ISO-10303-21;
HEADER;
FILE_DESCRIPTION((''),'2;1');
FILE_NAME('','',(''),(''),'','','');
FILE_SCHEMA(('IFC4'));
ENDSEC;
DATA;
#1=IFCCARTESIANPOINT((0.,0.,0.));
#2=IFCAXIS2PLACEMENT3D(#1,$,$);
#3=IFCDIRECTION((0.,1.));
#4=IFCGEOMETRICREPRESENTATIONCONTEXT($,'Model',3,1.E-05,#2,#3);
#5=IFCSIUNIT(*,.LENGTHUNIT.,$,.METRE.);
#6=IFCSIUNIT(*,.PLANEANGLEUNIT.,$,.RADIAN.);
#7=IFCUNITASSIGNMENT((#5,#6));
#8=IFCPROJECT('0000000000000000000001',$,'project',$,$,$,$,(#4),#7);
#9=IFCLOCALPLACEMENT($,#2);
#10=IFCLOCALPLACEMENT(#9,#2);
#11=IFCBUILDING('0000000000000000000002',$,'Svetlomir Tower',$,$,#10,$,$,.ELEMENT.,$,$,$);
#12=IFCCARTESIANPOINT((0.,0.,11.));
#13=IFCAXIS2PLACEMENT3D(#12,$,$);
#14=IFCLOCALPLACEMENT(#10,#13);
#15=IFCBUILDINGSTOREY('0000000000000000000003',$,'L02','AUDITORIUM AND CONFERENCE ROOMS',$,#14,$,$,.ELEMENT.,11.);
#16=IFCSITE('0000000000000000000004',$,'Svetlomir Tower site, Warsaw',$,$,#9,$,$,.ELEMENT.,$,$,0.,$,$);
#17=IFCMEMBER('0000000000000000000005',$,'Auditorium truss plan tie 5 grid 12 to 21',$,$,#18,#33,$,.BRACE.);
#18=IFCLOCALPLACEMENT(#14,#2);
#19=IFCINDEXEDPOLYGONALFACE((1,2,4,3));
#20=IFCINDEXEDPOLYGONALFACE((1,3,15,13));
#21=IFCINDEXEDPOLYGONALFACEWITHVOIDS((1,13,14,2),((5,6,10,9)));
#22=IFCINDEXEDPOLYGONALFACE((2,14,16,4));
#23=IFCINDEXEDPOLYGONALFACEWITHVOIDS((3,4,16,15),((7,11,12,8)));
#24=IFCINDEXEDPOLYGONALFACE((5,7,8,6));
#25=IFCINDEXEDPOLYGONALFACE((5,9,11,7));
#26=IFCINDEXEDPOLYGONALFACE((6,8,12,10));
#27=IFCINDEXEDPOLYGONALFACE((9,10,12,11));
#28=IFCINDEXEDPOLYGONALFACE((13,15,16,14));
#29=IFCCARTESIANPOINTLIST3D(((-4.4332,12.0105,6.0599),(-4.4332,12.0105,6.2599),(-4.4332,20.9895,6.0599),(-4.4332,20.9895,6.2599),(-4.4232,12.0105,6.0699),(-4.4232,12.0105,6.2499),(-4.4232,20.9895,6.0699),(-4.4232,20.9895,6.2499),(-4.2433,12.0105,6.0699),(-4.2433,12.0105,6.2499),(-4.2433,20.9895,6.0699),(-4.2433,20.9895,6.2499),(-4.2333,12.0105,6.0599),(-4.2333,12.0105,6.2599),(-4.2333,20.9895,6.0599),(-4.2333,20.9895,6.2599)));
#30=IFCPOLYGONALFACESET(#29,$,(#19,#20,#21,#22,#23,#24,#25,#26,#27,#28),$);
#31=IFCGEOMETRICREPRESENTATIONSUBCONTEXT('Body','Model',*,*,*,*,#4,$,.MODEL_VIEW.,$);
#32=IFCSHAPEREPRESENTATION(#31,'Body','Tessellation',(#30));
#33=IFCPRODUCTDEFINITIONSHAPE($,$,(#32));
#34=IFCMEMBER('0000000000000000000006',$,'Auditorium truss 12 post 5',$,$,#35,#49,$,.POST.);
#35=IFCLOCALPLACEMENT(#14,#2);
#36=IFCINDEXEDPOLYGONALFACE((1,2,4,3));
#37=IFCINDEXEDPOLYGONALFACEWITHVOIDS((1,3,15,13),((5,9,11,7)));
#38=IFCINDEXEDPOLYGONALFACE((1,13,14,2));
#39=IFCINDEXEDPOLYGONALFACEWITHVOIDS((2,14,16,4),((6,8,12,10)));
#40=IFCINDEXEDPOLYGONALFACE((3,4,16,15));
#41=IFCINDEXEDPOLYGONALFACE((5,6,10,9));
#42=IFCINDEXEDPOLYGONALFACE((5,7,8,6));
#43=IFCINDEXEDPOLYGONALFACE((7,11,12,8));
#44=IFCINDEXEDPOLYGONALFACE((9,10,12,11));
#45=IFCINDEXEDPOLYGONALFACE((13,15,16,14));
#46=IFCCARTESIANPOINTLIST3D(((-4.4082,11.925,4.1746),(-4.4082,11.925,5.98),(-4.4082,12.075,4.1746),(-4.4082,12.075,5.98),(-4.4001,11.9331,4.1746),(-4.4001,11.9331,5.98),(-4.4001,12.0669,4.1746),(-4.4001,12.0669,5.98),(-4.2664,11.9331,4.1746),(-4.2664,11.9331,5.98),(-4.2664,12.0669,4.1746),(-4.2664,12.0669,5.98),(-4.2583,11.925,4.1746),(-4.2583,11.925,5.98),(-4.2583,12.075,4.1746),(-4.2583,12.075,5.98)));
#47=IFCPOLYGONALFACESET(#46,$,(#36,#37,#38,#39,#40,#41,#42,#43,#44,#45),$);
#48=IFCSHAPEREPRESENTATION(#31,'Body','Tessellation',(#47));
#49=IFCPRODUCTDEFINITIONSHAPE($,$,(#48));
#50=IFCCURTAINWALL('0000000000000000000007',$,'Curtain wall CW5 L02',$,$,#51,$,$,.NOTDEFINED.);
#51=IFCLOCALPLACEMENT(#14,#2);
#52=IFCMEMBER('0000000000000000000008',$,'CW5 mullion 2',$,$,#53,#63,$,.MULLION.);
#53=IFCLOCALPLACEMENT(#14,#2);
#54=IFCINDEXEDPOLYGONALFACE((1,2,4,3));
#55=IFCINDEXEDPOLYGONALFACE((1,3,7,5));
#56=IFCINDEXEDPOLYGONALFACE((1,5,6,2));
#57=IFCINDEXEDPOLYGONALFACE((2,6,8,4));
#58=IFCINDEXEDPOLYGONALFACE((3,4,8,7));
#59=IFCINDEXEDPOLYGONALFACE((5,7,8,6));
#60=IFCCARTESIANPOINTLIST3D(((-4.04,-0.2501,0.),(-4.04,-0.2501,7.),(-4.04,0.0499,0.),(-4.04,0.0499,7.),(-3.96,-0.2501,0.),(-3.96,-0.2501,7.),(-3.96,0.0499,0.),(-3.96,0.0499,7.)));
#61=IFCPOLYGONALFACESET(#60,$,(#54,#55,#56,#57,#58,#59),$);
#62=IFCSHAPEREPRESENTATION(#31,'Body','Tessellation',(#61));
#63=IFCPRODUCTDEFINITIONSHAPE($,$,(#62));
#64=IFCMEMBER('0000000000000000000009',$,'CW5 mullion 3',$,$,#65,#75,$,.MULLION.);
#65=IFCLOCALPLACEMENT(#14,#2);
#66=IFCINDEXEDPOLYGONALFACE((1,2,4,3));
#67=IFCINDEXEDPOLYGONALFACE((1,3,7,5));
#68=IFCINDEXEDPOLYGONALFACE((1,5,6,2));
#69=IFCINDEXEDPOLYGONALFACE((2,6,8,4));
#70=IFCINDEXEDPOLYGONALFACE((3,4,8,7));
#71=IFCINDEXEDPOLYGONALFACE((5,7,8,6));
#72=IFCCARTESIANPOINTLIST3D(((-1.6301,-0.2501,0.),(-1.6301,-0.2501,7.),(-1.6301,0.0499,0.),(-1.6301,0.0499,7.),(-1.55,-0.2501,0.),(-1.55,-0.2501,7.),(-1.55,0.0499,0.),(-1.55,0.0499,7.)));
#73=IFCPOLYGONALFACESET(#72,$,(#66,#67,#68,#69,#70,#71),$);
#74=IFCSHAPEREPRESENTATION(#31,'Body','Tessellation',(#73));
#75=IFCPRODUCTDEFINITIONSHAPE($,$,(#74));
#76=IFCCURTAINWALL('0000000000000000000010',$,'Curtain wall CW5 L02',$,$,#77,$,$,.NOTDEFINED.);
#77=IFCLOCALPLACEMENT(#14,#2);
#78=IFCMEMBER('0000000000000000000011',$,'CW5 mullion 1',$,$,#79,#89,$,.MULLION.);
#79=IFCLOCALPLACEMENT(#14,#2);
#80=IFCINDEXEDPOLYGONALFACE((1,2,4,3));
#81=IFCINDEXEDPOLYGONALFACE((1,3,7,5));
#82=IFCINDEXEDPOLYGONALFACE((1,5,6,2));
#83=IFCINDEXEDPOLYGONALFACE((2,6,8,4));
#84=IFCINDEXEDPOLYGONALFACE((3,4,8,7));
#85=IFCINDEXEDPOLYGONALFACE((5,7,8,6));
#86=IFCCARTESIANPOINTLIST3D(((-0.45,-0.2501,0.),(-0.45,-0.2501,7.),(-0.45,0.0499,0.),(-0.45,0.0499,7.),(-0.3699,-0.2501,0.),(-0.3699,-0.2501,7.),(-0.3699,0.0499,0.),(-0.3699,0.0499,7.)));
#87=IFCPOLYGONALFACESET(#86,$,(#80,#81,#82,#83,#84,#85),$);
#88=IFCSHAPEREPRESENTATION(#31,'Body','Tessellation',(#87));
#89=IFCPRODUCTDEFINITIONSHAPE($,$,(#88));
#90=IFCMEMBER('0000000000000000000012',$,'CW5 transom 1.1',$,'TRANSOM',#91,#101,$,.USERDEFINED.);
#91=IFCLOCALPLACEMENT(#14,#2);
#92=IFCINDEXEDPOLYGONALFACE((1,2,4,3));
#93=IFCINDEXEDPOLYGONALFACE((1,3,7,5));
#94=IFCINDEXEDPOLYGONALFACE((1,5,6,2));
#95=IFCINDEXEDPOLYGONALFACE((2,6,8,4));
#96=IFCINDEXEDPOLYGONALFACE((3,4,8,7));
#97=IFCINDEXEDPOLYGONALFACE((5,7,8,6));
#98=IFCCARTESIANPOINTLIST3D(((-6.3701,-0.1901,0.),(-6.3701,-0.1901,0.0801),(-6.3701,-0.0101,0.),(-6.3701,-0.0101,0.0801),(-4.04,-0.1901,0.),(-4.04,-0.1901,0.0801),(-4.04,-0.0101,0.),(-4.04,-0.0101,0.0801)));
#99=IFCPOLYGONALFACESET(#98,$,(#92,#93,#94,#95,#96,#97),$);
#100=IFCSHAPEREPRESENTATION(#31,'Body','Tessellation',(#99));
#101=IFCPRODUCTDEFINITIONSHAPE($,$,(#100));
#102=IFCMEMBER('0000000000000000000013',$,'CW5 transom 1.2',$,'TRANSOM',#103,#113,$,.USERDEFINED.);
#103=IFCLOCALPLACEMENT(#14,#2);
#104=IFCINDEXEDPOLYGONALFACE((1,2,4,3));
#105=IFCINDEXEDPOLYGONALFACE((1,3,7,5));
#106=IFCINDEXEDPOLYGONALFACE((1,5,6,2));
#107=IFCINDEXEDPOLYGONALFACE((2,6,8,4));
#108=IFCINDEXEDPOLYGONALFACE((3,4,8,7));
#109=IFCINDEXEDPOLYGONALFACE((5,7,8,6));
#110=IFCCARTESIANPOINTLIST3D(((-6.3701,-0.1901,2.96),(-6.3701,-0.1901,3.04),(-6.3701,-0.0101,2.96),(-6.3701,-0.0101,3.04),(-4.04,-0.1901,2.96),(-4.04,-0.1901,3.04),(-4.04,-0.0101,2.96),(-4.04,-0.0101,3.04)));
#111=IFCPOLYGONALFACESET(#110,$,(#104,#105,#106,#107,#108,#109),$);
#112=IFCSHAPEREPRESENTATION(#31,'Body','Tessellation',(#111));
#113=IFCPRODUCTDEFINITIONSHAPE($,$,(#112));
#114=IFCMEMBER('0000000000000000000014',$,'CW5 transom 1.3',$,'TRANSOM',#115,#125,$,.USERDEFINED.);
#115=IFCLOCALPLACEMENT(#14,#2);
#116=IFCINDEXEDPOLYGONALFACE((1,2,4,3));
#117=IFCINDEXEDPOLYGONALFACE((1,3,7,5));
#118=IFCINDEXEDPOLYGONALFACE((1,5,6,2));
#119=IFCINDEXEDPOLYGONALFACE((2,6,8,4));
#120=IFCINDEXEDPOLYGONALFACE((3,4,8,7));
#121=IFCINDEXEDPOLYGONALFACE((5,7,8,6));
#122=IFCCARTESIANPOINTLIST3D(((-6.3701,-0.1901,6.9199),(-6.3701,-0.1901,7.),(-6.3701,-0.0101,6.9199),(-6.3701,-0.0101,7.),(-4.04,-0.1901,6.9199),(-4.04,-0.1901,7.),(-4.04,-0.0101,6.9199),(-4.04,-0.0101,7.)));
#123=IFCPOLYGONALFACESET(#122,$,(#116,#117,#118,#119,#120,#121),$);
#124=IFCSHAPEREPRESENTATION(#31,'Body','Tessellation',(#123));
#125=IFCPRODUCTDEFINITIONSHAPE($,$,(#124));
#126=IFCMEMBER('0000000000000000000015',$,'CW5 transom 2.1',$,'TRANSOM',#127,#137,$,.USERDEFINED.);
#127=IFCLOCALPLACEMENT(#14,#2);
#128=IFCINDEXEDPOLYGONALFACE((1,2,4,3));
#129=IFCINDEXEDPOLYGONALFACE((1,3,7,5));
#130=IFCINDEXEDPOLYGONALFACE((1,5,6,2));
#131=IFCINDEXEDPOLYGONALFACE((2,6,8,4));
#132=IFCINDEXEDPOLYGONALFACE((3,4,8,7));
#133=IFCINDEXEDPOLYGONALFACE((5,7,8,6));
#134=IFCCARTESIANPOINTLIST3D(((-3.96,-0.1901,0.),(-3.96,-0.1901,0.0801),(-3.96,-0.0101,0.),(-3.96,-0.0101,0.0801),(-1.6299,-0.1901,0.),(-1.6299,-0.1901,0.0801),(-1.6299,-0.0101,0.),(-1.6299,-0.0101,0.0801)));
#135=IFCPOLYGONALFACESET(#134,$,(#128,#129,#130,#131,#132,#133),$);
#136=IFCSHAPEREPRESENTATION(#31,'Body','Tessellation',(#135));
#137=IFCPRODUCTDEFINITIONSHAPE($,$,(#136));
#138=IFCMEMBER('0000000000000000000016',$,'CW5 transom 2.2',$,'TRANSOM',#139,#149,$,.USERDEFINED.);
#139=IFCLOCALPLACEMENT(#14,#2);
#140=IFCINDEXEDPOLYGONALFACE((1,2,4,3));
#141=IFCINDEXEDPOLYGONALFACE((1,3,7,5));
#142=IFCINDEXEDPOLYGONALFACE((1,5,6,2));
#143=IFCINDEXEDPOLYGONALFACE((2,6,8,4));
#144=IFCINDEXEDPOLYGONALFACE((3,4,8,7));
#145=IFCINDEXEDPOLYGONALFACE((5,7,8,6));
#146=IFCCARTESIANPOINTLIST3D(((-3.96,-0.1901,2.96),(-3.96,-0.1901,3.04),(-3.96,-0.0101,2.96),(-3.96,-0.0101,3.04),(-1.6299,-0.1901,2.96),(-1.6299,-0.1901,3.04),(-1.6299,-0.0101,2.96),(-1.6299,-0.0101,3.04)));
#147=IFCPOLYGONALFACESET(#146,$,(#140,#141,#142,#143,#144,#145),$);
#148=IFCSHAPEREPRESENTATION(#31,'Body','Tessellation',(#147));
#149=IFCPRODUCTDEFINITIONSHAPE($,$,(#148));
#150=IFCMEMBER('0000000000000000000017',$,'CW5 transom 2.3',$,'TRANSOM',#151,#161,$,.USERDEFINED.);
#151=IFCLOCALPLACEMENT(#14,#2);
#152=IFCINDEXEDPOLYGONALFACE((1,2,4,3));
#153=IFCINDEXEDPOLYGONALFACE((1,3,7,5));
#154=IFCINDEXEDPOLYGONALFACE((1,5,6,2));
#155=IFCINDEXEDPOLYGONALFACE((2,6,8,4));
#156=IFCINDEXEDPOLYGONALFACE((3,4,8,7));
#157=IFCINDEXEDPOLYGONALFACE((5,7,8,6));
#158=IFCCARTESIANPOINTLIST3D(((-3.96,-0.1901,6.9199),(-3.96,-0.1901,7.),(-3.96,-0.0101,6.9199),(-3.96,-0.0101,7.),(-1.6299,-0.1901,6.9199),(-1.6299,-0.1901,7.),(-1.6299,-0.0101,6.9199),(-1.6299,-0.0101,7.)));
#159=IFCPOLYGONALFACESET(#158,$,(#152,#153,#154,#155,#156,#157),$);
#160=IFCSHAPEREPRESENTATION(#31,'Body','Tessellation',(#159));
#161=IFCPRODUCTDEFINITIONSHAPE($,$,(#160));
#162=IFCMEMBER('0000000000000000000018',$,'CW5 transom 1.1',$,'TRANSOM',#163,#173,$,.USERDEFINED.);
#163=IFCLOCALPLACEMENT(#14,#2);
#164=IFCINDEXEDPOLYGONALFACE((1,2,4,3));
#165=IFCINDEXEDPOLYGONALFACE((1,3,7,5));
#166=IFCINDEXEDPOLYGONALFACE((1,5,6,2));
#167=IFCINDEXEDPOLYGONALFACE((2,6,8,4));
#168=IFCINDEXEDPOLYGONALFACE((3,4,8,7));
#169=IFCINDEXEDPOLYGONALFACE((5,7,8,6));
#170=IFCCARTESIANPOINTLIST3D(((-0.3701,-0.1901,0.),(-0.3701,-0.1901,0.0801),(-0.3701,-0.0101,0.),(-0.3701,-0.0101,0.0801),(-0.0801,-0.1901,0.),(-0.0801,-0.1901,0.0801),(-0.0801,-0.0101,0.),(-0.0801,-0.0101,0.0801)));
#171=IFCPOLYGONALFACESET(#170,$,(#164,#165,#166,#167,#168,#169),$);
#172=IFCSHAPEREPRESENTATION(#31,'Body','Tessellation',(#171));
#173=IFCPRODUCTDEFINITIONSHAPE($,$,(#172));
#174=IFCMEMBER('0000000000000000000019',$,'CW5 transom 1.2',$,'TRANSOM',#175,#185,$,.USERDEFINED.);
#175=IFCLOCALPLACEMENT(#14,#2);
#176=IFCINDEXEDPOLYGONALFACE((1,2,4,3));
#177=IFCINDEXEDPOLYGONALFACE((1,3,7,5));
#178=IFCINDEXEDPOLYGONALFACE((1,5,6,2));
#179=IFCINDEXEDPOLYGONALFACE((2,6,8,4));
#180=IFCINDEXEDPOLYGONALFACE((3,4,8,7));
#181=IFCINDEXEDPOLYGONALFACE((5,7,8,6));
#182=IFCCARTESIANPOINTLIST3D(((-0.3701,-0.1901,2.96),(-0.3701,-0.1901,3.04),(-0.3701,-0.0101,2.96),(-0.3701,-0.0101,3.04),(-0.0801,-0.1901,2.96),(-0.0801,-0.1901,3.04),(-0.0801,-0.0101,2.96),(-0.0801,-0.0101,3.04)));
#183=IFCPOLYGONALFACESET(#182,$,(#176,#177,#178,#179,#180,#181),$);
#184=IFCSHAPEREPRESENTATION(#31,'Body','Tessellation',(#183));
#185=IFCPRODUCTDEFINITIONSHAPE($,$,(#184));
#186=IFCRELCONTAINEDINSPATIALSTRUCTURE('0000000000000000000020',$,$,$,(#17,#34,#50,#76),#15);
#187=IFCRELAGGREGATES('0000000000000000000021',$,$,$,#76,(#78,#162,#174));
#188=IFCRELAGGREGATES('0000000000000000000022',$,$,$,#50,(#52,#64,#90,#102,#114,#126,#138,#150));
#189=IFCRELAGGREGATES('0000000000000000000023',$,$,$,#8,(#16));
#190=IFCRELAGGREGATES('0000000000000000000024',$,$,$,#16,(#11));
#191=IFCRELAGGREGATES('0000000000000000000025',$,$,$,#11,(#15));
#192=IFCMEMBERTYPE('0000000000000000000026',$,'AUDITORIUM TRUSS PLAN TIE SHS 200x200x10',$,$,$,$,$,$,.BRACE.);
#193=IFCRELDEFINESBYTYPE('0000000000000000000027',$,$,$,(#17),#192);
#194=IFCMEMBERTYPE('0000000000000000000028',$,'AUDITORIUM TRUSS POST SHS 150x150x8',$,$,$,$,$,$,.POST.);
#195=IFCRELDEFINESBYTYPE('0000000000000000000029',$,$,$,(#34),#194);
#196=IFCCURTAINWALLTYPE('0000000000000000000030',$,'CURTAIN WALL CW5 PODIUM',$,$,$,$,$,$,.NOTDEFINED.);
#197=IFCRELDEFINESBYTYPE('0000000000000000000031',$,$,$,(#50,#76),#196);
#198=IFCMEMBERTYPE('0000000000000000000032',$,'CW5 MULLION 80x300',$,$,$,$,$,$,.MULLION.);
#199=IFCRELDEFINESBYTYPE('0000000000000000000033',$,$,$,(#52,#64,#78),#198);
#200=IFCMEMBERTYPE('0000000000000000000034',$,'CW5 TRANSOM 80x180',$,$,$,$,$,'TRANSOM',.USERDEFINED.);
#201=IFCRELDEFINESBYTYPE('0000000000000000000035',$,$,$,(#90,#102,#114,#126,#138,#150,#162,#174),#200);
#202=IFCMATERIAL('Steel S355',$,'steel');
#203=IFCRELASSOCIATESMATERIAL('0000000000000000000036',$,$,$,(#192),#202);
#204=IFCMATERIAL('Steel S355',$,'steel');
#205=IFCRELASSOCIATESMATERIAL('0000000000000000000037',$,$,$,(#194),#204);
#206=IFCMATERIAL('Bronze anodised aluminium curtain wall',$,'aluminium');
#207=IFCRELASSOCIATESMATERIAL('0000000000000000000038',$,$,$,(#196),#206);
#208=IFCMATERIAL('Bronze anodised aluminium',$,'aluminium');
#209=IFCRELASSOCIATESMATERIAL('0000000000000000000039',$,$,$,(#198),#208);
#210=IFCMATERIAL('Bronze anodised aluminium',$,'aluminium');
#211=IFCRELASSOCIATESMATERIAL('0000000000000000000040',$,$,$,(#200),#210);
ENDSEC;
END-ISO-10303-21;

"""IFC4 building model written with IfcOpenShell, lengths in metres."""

from ifc_helpers import new_model, si_unit, direction, frame, origin, origin_2d, place, context, subcontext, project, spatial, rectangle, hollow_rectangle, extrude, material, material_profile, profile_set, type_object, element, aggregate, save


model = new_model("IFC4")

# Units and contexts
model_context = context("Model", 3, precision=1e-05, world=origin(), true_north=direction((0.0, 1.0)))
body_context = subcontext(model_context, "Body", "Model", "MODEL_VIEW")
ifc_project = project(units=[si_unit("LENGTHUNIT", "METRE"), si_unit("PLANEANGLEUNIT", "RADIAN")], contexts=[model_context])

# Site, building, storey
site_placement = place(None, origin())
site = spatial("IfcSite", under=ifc_project, at=site_placement, Name="Svetlomir Tower site, Warsaw", CompositionType="ELEMENT", RefElevation=0.0)
building_placement = place(site_placement, origin())
building = spatial("IfcBuilding", under=site, at=building_placement, Name="Svetlomir Tower", CompositionType="ELEMENT")
storey_placement = place(building_placement, frame((0.0, 0.0, 11.0)))
storey = spatial("IfcBuildingStorey", under=building, at=storey_placement, Name="L02", Description="AUDITORIUM AND CONFERENCE ROOMS", CompositionType="ELEMENT", Elevation=11.0)

# Members
ifc_material_1 = material(Name="Steel S355", Category="steel")
ifc_material_profile_1 = material_profile(ifc_material_1, hollow_rectangle(XDim=0.2, YDim=0.2, WallThickness=0.01, at=origin_2d()), Name="SHS 200x200x10")
ifc_profile_set_1 = profile_set([ifc_material_profile_1], Name="Steel S355")
member_type_1 = type_object("IfcMemberType", Name="AUDITORIUM TRUSS PLAN TIE SHS 200x200x10", PredefinedType="BRACE", material=ifc_profile_set_1)
member_1_placement = place(storey_placement, frame((-4.3333, 12.0105, 6.1599), z_axis=(0.0, 1.0, 0.0), x_axis=(-1.0, 0.0, 0.0)))
element("IfcMember", 1, at=member_1_placement, inside=storey, type_object=member_type_1, Name="Auditorium truss plan tie 5 grid 12 to 21", PredefinedType="BRACE", context=body_context, shape_type="SweptSolid", body=[
    extrude(hollow_rectangle(XDim=0.2, YDim=0.2, WallThickness=0.01, at=origin_2d()), origin(), (0.0, 0.0, 1.0), 8.979),
])
ifc_material_2 = material(Name="Steel S355", Category="steel")
ifc_material_profile_2 = material_profile(ifc_material_2, hollow_rectangle(XDim=0.1499, YDim=0.1499, WallThickness=0.0081, at=origin_2d()), Name="SHS 150x150x8")
ifc_profile_set_2 = profile_set([ifc_material_profile_2], Name="Steel S355")
member_type_2 = type_object("IfcMemberType", Name="AUDITORIUM TRUSS POST SHS 150x150x8", PredefinedType="POST", material=ifc_profile_set_2)
member_2_placement = place(storey_placement, frame((-4.3333, 12.0, 4.1746), z_axis=(0.0, 0.0, 1.0), x_axis=(1.0, 0.0, 0.0)))
element("IfcMember", 2, at=member_2_placement, inside=storey, type_object=member_type_2, Name="Auditorium truss 12 post 5", PredefinedType="POST", context=body_context, shape_type="SweptSolid", body=[
    extrude(hollow_rectangle(XDim=0.1499, YDim=0.1499, WallThickness=0.0081, at=origin_2d()), origin(), (0.0, 0.0, 1.0), 1.8054),
])

# Curtain wall, members
ifc_material_3 = material(Name="Bronze anodised aluminium curtain wall", Category="aluminium")
curtain_wall_type = type_object("IfcCurtainWallType", Name="CURTAIN WALL CW5 PODIUM", PredefinedType="NOTDEFINED", material=ifc_material_3)
curtain_wall_1_placement = place(storey_placement, origin())
curtain_wall_1 = element("IfcCurtainWall", 3, at=curtain_wall_1_placement, inside=storey, type_object=curtain_wall_type, Name="Curtain wall CW5 L02", PredefinedType="NOTDEFINED")
ifc_material_4 = material(Name="Bronze anodised aluminium", Category="aluminium")
ifc_material_profile_3 = material_profile(ifc_material_4, rectangle(XDim=0.0801, YDim=0.3, at=origin_2d()), Name="AL 80x300")
ifc_profile_set_3 = profile_set([ifc_material_profile_3], Name="Bronze anodised aluminium 6063-T6")
member_type_3 = type_object("IfcMemberType", Name="CW5 MULLION 80x300", PredefinedType="MULLION", material=ifc_profile_set_3)
member_3_placement = place(storey_placement, frame((-4.0, -0.1001, 0.0), z_axis=(0.0, 0.0, 1.0), x_axis=(1.0, 0.0, 0.0)))
member_3 = element("IfcMember", 4, at=member_3_placement, type_object=member_type_3, Name="CW5 mullion 2", PredefinedType="MULLION", context=body_context, shape_type="SweptSolid", body=[
    extrude(rectangle(XDim=0.0801, YDim=0.3, at=origin_2d()), origin(), (0.0, 0.0, 1.0), 7.0),
])
member_4_placement = place(storey_placement, frame((-1.5901, -0.1001, 0.0), z_axis=(0.0, 0.0, 1.0), x_axis=(1.0, 0.0, 0.0)))
member_4 = element("IfcMember", 5, at=member_4_placement, type_object=member_type_3, Name="CW5 mullion 3", PredefinedType="MULLION", context=body_context, shape_type="SweptSolid", body=[
    extrude(rectangle(XDim=0.0801, YDim=0.3, at=origin_2d()), origin(), (0.0, 0.0, 1.0), 7.0),
])

# Curtain wall, member
curtain_wall_2_placement = place(storey_placement, origin())
curtain_wall_2 = element("IfcCurtainWall", 6, at=curtain_wall_2_placement, inside=storey, type_object=curtain_wall_type, Name="Curtain wall CW5 L02", PredefinedType="NOTDEFINED")
member_5_placement = place(storey_placement, frame((-0.4099, -0.1001, 0.0), z_axis=(0.0, 0.0, 1.0), x_axis=(1.0, 0.0, 0.0)))
member_5 = element("IfcMember", 7, at=member_5_placement, type_object=member_type_3, Name="CW5 mullion 1", PredefinedType="MULLION", context=body_context, shape_type="SweptSolid", body=[
    extrude(rectangle(XDim=0.0801, YDim=0.3, at=origin_2d()), origin(), (0.0, 0.0, 1.0), 7.0),
])

# Members
ifc_material_5 = material(Name="Bronze anodised aluminium", Category="aluminium")
ifc_material_profile_4 = material_profile(ifc_material_5, rectangle(XDim=0.1799, YDim=0.0801, at=origin_2d()), Name="AL 180x80")
ifc_profile_set_4 = profile_set([ifc_material_profile_4], Name="Bronze anodised aluminium 6063-T6")
member_type_4 = type_object("IfcMemberType", Name="CW5 TRANSOM 80x180", ElementType="TRANSOM", PredefinedType="USERDEFINED", material=ifc_profile_set_4)
member_6_placement = place(storey_placement, frame((-6.3701, -0.1001, 0.04), z_axis=(1.0, 0.0, 0.0), x_axis=(0.0, 1.0, 0.0)))
member_6 = element("IfcMember", 8, at=member_6_placement, type_object=member_type_4, Name="CW5 transom 1.1", ObjectType="TRANSOM", PredefinedType="USERDEFINED", context=body_context, shape_type="SweptSolid", body=[
    extrude(rectangle(XDim=0.1799, YDim=0.0801, at=origin_2d()), origin(), (0.0, 0.0, 1.0), 2.3301),
])
member_7_placement = place(storey_placement, frame((-6.3701, -0.1001, 3.0), z_axis=(1.0, 0.0, 0.0), x_axis=(0.0, 1.0, 0.0)))
member_7 = element("IfcMember", 9, at=member_7_placement, type_object=member_type_4, Name="CW5 transom 1.2", ObjectType="TRANSOM", PredefinedType="USERDEFINED", context=body_context, shape_type="SweptSolid", body=[
    extrude(rectangle(XDim=0.1799, YDim=0.0801, at=origin_2d()), origin(), (0.0, 0.0, 1.0), 2.3301),
])
member_8_placement = place(storey_placement, frame((-6.3701, -0.1001, 6.96), z_axis=(1.0, 0.0, 0.0), x_axis=(0.0, 1.0, 0.0)))
member_8 = element("IfcMember", 10, at=member_8_placement, type_object=member_type_4, Name="CW5 transom 1.3", ObjectType="TRANSOM", PredefinedType="USERDEFINED", context=body_context, shape_type="SweptSolid", body=[
    extrude(rectangle(XDim=0.1799, YDim=0.0801, at=origin_2d()), origin(), (0.0, 0.0, 1.0), 2.3301),
])
member_9_placement = place(storey_placement, frame((-3.96, -0.1001, 0.04), z_axis=(1.0, 0.0, 0.0), x_axis=(0.0, 1.0, 0.0)))
member_9 = element("IfcMember", 11, at=member_9_placement, type_object=member_type_4, Name="CW5 transom 2.1", ObjectType="TRANSOM", PredefinedType="USERDEFINED", context=body_context, shape_type="SweptSolid", body=[
    extrude(rectangle(XDim=0.1799, YDim=0.0801, at=origin_2d()), origin(), (0.0, 0.0, 1.0), 2.3301),
])
member_10_placement = place(storey_placement, frame((-3.96, -0.1001, 3.0), z_axis=(1.0, 0.0, 0.0), x_axis=(0.0, 1.0, 0.0)))
member_10 = element("IfcMember", 12, at=member_10_placement, type_object=member_type_4, Name="CW5 transom 2.2", ObjectType="TRANSOM", PredefinedType="USERDEFINED", context=body_context, shape_type="SweptSolid", body=[
    extrude(rectangle(XDim=0.1799, YDim=0.0801, at=origin_2d()), origin(), (0.0, 0.0, 1.0), 2.3301),
])
member_11_placement = place(storey_placement, frame((-3.96, -0.1001, 6.96), z_axis=(1.0, 0.0, 0.0), x_axis=(0.0, 1.0, 0.0)))
member_11 = element("IfcMember", 13, at=member_11_placement, type_object=member_type_4, Name="CW5 transom 2.3", ObjectType="TRANSOM", PredefinedType="USERDEFINED", context=body_context, shape_type="SweptSolid", body=[
    extrude(rectangle(XDim=0.1799, YDim=0.0801, at=origin_2d()), origin(), (0.0, 0.0, 1.0), 2.3301),
])
member_12_placement = place(storey_placement, frame((-0.3701, -0.1001, 0.04), z_axis=(1.0, 0.0, 0.0), x_axis=(0.0, 1.0, 0.0)))
member_12 = element("IfcMember", 14, at=member_12_placement, type_object=member_type_4, Name="CW5 transom 1.1", ObjectType="TRANSOM", PredefinedType="USERDEFINED", context=body_context, shape_type="SweptSolid", body=[
    extrude(rectangle(XDim=0.1799, YDim=0.0801, at=origin_2d()), origin(), (0.0, 0.0, 1.0), 0.29),
])
member_13_placement = place(storey_placement, frame((-0.3701, -0.1001, 3.0), z_axis=(1.0, 0.0, 0.0), x_axis=(0.0, 1.0, 0.0)))
member_13 = element("IfcMember", 15, at=member_13_placement, type_object=member_type_4, Name="CW5 transom 1.2", ObjectType="TRANSOM", PredefinedType="USERDEFINED", context=body_context, shape_type="SweptSolid", body=[
    extrude(rectangle(XDim=0.1799, YDim=0.0801, at=origin_2d()), origin(), (0.0, 0.0, 1.0), 0.29),
])
aggregate(curtain_wall_2, [member_5, member_12, member_13])

aggregate(curtain_wall_1, [member_3, member_4, member_6, member_7, member_8, member_9, member_10, member_11])

save(model, "model.ifc")
